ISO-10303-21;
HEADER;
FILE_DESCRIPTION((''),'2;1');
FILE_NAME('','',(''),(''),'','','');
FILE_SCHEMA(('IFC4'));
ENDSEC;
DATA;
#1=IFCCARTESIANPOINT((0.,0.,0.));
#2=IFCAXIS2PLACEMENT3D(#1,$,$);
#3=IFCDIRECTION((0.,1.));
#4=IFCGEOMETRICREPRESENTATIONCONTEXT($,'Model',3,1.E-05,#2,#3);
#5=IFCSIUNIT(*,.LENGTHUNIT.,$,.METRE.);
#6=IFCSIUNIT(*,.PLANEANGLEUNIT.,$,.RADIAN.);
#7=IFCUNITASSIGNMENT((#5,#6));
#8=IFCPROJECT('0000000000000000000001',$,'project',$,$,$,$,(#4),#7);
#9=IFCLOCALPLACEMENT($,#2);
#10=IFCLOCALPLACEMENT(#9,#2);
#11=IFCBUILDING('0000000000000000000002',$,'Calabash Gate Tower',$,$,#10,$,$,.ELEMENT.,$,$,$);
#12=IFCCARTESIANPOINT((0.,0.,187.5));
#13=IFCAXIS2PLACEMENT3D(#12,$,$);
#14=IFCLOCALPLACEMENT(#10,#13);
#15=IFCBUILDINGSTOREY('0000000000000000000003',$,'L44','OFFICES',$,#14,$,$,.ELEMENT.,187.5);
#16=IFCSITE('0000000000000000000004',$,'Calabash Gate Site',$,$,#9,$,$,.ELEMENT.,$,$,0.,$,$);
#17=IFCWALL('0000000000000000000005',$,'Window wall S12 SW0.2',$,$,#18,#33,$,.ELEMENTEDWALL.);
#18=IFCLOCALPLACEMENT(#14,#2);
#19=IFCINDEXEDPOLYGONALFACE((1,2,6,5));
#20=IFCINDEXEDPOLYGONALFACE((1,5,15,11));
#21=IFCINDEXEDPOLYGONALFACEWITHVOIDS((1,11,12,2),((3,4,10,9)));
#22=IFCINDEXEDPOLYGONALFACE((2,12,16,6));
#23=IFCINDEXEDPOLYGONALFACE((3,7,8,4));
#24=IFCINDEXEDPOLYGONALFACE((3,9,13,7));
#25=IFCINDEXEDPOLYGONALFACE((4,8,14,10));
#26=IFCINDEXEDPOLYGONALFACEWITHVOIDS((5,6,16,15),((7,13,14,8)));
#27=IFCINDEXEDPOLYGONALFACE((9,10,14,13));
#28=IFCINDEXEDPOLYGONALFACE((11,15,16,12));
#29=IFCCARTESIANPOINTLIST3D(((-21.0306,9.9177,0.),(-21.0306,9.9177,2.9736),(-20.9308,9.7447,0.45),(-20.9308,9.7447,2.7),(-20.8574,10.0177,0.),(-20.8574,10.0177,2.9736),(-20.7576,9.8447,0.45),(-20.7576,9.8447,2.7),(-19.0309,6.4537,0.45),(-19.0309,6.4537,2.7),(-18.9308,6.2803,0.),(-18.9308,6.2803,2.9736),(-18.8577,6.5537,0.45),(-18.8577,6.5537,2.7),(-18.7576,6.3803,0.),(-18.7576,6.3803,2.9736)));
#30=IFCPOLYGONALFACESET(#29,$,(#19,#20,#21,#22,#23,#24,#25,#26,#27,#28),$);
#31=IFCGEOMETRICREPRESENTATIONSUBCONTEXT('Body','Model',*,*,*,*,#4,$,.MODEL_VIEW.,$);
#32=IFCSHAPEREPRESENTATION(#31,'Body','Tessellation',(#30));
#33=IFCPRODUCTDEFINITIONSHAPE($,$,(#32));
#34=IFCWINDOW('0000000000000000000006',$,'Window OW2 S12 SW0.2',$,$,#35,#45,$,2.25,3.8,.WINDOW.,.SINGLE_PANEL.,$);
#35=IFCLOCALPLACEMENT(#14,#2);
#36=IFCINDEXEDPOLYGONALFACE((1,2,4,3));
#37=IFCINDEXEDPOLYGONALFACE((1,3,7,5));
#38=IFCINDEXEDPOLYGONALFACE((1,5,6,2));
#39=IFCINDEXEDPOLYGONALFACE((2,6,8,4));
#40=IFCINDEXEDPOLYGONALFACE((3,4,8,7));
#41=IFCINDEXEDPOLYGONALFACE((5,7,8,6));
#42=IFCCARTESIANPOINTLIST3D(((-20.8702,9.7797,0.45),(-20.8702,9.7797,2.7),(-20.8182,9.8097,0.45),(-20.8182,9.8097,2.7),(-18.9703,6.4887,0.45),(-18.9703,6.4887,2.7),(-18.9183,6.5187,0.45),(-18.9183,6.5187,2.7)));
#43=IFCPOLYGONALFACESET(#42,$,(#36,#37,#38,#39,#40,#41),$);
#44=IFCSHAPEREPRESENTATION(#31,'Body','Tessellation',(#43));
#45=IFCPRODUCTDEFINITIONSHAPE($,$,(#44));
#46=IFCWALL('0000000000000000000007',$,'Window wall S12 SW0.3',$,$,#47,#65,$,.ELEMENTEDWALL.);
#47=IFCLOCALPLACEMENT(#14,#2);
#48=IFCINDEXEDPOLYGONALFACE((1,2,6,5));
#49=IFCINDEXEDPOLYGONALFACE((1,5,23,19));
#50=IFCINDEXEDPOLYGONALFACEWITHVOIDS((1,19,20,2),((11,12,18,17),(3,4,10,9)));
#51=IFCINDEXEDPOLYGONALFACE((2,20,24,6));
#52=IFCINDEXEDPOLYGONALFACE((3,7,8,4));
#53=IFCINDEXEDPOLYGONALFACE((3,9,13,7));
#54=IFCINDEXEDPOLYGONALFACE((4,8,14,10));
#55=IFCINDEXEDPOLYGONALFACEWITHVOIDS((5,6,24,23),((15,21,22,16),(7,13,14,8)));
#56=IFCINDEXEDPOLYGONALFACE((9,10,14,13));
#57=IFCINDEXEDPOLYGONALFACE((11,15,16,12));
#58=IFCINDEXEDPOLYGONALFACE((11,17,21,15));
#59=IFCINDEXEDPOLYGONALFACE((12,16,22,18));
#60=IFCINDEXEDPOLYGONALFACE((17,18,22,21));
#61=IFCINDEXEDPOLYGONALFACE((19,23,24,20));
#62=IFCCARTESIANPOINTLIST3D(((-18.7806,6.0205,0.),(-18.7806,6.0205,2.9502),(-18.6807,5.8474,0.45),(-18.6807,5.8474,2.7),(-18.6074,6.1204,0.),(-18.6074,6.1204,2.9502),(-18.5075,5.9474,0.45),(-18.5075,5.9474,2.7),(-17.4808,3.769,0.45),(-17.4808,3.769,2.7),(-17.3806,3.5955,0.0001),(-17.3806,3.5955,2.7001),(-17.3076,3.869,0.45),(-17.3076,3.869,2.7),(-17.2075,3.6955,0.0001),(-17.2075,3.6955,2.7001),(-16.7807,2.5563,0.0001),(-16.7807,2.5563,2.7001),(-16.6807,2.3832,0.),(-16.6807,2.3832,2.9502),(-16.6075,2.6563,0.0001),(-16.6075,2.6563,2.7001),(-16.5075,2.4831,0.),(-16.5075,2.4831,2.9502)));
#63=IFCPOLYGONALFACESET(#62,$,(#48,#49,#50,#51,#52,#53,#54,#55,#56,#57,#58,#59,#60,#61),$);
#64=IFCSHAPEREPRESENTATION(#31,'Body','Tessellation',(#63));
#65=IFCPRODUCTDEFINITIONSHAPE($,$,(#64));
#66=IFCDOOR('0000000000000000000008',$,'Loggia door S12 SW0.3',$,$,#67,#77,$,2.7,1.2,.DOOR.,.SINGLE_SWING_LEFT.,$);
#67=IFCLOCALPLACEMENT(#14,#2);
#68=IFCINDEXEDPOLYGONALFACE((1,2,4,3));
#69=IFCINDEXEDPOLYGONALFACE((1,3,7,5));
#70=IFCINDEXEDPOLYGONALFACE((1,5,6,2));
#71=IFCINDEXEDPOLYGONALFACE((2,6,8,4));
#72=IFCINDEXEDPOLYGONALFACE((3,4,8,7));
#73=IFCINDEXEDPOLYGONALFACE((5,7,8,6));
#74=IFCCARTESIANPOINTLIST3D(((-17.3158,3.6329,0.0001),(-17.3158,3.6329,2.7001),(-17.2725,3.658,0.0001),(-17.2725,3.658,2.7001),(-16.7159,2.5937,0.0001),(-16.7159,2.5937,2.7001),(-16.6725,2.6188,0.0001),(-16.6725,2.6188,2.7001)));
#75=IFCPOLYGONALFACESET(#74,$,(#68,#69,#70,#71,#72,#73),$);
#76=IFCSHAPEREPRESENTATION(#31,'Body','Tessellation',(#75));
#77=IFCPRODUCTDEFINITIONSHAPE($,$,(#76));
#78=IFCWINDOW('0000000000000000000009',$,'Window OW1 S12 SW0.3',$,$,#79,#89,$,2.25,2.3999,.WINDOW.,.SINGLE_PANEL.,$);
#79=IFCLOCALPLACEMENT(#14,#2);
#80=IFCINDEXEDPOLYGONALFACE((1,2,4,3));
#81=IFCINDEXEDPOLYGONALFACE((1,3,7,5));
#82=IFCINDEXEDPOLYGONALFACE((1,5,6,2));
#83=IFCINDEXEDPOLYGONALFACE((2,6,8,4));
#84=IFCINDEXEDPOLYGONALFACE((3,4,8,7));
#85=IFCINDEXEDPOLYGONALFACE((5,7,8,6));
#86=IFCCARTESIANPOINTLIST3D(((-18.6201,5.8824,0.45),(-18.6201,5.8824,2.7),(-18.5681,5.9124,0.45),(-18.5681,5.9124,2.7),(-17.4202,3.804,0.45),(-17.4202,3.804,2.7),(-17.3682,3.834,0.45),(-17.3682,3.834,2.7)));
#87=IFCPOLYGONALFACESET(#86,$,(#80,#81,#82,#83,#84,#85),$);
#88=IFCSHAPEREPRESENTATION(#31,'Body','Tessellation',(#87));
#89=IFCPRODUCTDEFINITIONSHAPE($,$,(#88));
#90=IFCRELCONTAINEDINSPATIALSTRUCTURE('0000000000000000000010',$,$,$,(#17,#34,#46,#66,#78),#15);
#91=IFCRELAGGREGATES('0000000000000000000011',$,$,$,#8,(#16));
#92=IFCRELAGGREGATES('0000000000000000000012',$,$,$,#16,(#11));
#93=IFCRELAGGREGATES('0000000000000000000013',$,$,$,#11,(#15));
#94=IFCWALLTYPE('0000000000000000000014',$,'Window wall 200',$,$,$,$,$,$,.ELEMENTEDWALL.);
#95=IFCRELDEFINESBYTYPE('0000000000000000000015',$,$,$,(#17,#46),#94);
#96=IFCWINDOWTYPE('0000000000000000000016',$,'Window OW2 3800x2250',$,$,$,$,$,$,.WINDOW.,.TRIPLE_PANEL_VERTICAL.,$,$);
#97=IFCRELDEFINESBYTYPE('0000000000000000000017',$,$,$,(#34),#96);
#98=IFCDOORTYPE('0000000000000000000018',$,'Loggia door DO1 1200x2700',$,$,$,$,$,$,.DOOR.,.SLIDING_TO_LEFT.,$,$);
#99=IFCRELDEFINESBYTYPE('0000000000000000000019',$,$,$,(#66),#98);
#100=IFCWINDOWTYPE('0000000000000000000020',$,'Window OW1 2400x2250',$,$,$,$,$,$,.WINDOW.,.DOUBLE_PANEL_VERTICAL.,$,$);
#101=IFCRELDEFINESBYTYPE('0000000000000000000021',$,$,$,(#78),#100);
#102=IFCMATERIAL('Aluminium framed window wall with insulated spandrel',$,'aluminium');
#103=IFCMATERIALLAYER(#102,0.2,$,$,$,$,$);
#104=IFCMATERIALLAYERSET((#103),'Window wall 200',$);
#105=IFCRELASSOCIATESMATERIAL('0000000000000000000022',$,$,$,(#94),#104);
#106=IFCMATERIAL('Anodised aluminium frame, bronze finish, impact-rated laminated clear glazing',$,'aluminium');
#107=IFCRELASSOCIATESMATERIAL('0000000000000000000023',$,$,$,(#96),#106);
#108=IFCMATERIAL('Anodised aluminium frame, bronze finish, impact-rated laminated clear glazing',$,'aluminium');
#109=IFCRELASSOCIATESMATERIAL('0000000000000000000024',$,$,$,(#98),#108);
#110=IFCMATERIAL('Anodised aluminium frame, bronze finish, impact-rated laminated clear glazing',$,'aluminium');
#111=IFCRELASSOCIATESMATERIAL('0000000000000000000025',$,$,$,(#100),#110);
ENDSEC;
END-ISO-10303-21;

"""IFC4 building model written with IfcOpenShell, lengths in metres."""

from ifc_helpers import new_model, si_unit, direction, frame, frame_2d, origin, place, context, subcontext, project, spatial, rectangle, extrude, material, layer, layer_set, type_object, element, fill, save


model = new_model("IFC4")

# Units and contexts
model_context = context("Model", 3, precision=1e-05, world=origin(), true_north=direction((0.0, 1.0)))
body_context = subcontext(model_context, "Body", "Model", "MODEL_VIEW")
ifc_project = project(units=[si_unit("LENGTHUNIT", "METRE"), si_unit("PLANEANGLEUNIT", "RADIAN")], contexts=[model_context])

# Site, building, storey
site_placement = place(None, origin())
site = spatial("IfcSite", under=ifc_project, at=site_placement, Name="Calabash Gate Site", CompositionType="ELEMENT", RefElevation=0.0)
building_placement = place(site_placement, origin())
building = spatial("IfcBuilding", under=site, at=building_placement, Name="Calabash Gate Tower", CompositionType="ELEMENT")
storey_placement = place(building_placement, frame((0.0, 0.0, 187.5)))
storey = spatial("IfcBuildingStorey", under=building, at=storey_placement, Name="L44", Description="OFFICES", CompositionType="ELEMENT", Elevation=187.5)

# Wall, opening, window
ifc_material_1 = material(Name="Aluminium framed window wall with insulated spandrel", Category="aluminium")
ifc_layer_1 = layer(ifc_material_1, 0.2)
ifc_layer_set_1 = layer_set([ifc_layer_1], Name="Window wall 200")
wall_type_1 = type_object("IfcWallType", Name="Window wall 200", PredefinedType="ELEMENTEDWALL", material=ifc_layer_set_1)
wall_1_placement = place(storey_placement, frame((-20.9441, 9.9678, 0.0), z_axis=(0.0, 0.0, 1.0), x_axis=(0.499959, -0.866049, 0.0)))
wall_1 = element("IfcWall", 1, at=wall_1_placement, inside=storey, type_object=wall_type_1, Name="Window wall S12 SW0.2", PredefinedType="ELEMENTEDWALL", context=body_context, shape_type="SweptSolid", body=[
    extrude(rectangle(XDim=4.2, YDim=0.2, at=frame_2d((2.1001, 0.0))), origin(), (0.0, 0.0, 1.0), 2.9736),
])
opening_1_placement = place(wall_1_placement, frame((0.2, 0.0, 0.45)))
opening_1 = element("IfcOpeningElement", 2, at=opening_1_placement, cuts=wall_1, PredefinedType="OPENING", context=body_context, shape_type="SweptSolid", body=[
    extrude(rectangle(XDim=3.8, YDim=2.25, at=frame_2d((1.8999, 1.125))), frame((0.0, 0.1099, 0.0), z_axis=(0.0, -1.0, 0.0), x_axis=(1.0, 0.0, 0.0)), (0.0, 0.0, 1.0), 0.22),
])
ifc_material_2 = material(Name="Anodised aluminium frame, bronze finish, impact-rated laminated clear glazing", Category="aluminium")
window_type_1 = type_object("IfcWindowType", Name="Window OW2 3800x2250", PartitioningType="TRIPLE_PANEL_VERTICAL", PredefinedType="WINDOW", material=ifc_material_2)
window_1_placement = place(opening_1_placement, origin())
window_1 = element("IfcWindow", 3, at=window_1_placement, inside=storey, type_object=window_type_1, Name="Window OW2 S12 SW0.2", OverallHeight=2.25, OverallWidth=3.8, PartitioningType="SINGLE_PANEL", PredefinedType="WINDOW", context=body_context, shape_type="SweptSolid", body=[
    extrude(rectangle(XDim=3.8, YDim=2.25, at=frame_2d((1.8999, 1.125))), frame((0.0, 0.03, 0.0), z_axis=(0.0, -1.0, 0.0), x_axis=(1.0, 0.0, 0.0)), (0.0, 0.0, 1.0), 0.0601),
])
fill(opening_1, window_1)

# Wall, openings, door, window
wall_2_placement = place(storey_placement, frame((-18.6941, 6.0706, 0.0), z_axis=(0.0, 0.0, 1.0), x_axis=(0.499984, -0.866035, 0.0)))
wall_2 = element("IfcWall", 4, at=wall_2_placement, inside=storey, type_object=wall_type_1, Name="Window wall S12 SW0.3", PredefinedType="ELEMENTEDWALL", context=body_context, shape_type="SweptSolid", body=[
    extrude(rectangle(XDim=4.2, YDim=0.2, at=frame_2d((2.1001, 0.0))), origin(), (0.0, 0.0, 1.0), 2.9502),
])
opening_2_placement = place(wall_2_placement, frame((0.2, 0.0, 0.45)))
opening_2 = element("IfcOpeningElement", 5, at=opening_2_placement, cuts=wall_2, PredefinedType="OPENING", context=body_context, shape_type="SweptSolid", body=[
    extrude(rectangle(XDim=2.3999, YDim=2.25, at=frame_2d((1.2, 1.125))), frame((0.0, 0.1099, 0.0), z_axis=(0.0, -1.0, 0.0), x_axis=(1.0, 0.0, 0.0)), (0.0, 0.0, 1.0), 0.22),
])
opening_3_placement = place(wall_2_placement, frame((2.8, 0.0, 0.0)))
opening_3 = element("IfcOpeningElement", 6, at=opening_3_placement, cuts=wall_2, PredefinedType="OPENING", context=body_context, shape_type="SweptSolid", body=[
    extrude(rectangle(XDim=1.2, YDim=2.7, at=frame_2d((0.6001, 1.3501))), frame((0.0, 0.1099, 0.0), z_axis=(0.0, -1.0, 0.0), x_axis=(1.0, 0.0, 0.0)), (0.0, 0.0, 1.0), 0.22),
])
ifc_material_3 = material(Name="Anodised aluminium frame, bronze finish, impact-rated laminated clear glazing", Category="aluminium")
door_type_1 = type_object("IfcDoorType", Name="Loggia door DO1 1200x2700", OperationType="SLIDING_TO_LEFT", PredefinedType="DOOR", material=ifc_material_3)
door_1_placement = place(opening_3_placement, origin())
door_1 = element("IfcDoor", 7, at=door_1_placement, inside=storey, type_object=door_type_1, Name="Loggia door S12 SW0.3", OperationType="SINGLE_SWING_LEFT", OverallHeight=2.7, OverallWidth=1.2, PredefinedType="DOOR", context=body_context, shape_type="SweptSolid", body=[
    extrude(rectangle(XDim=1.2, YDim=2.7, at=frame_2d((0.6001, 1.3501))), frame((0.0, 0.0249, 0.0), z_axis=(0.0, -1.0, 0.0), x_axis=(1.0, 0.0, 0.0)), (0.0, 0.0, 1.0), 0.05),
])
fill(opening_3, door_1)
ifc_material_4 = material(Name="Anodised aluminium frame, bronze finish, impact-rated laminated clear glazing", Category="aluminium")
window_type_2 = type_object("IfcWindowType", Name="Window OW1 2400x2250", PartitioningType="DOUBLE_PANEL_VERTICAL", PredefinedType="WINDOW", material=ifc_material_4)
window_2_placement = place(opening_2_placement, origin())
window_2 = element("IfcWindow", 8, at=window_2_placement, inside=storey, type_object=window_type_2, Name="Window OW1 S12 SW0.3", OverallHeight=2.25, OverallWidth=2.3999, PartitioningType="SINGLE_PANEL", PredefinedType="WINDOW", context=body_context, shape_type="SweptSolid", body=[
    extrude(rectangle(XDim=2.3999, YDim=2.25, at=frame_2d((1.2, 1.125))), frame((0.0, 0.03, 0.0), z_axis=(0.0, -1.0, 0.0), x_axis=(1.0, 0.0, 0.0)), (0.0, 0.0, 1.0), 0.0601),
])
fill(opening_2, window_2)

save(model, "model.ifc")
